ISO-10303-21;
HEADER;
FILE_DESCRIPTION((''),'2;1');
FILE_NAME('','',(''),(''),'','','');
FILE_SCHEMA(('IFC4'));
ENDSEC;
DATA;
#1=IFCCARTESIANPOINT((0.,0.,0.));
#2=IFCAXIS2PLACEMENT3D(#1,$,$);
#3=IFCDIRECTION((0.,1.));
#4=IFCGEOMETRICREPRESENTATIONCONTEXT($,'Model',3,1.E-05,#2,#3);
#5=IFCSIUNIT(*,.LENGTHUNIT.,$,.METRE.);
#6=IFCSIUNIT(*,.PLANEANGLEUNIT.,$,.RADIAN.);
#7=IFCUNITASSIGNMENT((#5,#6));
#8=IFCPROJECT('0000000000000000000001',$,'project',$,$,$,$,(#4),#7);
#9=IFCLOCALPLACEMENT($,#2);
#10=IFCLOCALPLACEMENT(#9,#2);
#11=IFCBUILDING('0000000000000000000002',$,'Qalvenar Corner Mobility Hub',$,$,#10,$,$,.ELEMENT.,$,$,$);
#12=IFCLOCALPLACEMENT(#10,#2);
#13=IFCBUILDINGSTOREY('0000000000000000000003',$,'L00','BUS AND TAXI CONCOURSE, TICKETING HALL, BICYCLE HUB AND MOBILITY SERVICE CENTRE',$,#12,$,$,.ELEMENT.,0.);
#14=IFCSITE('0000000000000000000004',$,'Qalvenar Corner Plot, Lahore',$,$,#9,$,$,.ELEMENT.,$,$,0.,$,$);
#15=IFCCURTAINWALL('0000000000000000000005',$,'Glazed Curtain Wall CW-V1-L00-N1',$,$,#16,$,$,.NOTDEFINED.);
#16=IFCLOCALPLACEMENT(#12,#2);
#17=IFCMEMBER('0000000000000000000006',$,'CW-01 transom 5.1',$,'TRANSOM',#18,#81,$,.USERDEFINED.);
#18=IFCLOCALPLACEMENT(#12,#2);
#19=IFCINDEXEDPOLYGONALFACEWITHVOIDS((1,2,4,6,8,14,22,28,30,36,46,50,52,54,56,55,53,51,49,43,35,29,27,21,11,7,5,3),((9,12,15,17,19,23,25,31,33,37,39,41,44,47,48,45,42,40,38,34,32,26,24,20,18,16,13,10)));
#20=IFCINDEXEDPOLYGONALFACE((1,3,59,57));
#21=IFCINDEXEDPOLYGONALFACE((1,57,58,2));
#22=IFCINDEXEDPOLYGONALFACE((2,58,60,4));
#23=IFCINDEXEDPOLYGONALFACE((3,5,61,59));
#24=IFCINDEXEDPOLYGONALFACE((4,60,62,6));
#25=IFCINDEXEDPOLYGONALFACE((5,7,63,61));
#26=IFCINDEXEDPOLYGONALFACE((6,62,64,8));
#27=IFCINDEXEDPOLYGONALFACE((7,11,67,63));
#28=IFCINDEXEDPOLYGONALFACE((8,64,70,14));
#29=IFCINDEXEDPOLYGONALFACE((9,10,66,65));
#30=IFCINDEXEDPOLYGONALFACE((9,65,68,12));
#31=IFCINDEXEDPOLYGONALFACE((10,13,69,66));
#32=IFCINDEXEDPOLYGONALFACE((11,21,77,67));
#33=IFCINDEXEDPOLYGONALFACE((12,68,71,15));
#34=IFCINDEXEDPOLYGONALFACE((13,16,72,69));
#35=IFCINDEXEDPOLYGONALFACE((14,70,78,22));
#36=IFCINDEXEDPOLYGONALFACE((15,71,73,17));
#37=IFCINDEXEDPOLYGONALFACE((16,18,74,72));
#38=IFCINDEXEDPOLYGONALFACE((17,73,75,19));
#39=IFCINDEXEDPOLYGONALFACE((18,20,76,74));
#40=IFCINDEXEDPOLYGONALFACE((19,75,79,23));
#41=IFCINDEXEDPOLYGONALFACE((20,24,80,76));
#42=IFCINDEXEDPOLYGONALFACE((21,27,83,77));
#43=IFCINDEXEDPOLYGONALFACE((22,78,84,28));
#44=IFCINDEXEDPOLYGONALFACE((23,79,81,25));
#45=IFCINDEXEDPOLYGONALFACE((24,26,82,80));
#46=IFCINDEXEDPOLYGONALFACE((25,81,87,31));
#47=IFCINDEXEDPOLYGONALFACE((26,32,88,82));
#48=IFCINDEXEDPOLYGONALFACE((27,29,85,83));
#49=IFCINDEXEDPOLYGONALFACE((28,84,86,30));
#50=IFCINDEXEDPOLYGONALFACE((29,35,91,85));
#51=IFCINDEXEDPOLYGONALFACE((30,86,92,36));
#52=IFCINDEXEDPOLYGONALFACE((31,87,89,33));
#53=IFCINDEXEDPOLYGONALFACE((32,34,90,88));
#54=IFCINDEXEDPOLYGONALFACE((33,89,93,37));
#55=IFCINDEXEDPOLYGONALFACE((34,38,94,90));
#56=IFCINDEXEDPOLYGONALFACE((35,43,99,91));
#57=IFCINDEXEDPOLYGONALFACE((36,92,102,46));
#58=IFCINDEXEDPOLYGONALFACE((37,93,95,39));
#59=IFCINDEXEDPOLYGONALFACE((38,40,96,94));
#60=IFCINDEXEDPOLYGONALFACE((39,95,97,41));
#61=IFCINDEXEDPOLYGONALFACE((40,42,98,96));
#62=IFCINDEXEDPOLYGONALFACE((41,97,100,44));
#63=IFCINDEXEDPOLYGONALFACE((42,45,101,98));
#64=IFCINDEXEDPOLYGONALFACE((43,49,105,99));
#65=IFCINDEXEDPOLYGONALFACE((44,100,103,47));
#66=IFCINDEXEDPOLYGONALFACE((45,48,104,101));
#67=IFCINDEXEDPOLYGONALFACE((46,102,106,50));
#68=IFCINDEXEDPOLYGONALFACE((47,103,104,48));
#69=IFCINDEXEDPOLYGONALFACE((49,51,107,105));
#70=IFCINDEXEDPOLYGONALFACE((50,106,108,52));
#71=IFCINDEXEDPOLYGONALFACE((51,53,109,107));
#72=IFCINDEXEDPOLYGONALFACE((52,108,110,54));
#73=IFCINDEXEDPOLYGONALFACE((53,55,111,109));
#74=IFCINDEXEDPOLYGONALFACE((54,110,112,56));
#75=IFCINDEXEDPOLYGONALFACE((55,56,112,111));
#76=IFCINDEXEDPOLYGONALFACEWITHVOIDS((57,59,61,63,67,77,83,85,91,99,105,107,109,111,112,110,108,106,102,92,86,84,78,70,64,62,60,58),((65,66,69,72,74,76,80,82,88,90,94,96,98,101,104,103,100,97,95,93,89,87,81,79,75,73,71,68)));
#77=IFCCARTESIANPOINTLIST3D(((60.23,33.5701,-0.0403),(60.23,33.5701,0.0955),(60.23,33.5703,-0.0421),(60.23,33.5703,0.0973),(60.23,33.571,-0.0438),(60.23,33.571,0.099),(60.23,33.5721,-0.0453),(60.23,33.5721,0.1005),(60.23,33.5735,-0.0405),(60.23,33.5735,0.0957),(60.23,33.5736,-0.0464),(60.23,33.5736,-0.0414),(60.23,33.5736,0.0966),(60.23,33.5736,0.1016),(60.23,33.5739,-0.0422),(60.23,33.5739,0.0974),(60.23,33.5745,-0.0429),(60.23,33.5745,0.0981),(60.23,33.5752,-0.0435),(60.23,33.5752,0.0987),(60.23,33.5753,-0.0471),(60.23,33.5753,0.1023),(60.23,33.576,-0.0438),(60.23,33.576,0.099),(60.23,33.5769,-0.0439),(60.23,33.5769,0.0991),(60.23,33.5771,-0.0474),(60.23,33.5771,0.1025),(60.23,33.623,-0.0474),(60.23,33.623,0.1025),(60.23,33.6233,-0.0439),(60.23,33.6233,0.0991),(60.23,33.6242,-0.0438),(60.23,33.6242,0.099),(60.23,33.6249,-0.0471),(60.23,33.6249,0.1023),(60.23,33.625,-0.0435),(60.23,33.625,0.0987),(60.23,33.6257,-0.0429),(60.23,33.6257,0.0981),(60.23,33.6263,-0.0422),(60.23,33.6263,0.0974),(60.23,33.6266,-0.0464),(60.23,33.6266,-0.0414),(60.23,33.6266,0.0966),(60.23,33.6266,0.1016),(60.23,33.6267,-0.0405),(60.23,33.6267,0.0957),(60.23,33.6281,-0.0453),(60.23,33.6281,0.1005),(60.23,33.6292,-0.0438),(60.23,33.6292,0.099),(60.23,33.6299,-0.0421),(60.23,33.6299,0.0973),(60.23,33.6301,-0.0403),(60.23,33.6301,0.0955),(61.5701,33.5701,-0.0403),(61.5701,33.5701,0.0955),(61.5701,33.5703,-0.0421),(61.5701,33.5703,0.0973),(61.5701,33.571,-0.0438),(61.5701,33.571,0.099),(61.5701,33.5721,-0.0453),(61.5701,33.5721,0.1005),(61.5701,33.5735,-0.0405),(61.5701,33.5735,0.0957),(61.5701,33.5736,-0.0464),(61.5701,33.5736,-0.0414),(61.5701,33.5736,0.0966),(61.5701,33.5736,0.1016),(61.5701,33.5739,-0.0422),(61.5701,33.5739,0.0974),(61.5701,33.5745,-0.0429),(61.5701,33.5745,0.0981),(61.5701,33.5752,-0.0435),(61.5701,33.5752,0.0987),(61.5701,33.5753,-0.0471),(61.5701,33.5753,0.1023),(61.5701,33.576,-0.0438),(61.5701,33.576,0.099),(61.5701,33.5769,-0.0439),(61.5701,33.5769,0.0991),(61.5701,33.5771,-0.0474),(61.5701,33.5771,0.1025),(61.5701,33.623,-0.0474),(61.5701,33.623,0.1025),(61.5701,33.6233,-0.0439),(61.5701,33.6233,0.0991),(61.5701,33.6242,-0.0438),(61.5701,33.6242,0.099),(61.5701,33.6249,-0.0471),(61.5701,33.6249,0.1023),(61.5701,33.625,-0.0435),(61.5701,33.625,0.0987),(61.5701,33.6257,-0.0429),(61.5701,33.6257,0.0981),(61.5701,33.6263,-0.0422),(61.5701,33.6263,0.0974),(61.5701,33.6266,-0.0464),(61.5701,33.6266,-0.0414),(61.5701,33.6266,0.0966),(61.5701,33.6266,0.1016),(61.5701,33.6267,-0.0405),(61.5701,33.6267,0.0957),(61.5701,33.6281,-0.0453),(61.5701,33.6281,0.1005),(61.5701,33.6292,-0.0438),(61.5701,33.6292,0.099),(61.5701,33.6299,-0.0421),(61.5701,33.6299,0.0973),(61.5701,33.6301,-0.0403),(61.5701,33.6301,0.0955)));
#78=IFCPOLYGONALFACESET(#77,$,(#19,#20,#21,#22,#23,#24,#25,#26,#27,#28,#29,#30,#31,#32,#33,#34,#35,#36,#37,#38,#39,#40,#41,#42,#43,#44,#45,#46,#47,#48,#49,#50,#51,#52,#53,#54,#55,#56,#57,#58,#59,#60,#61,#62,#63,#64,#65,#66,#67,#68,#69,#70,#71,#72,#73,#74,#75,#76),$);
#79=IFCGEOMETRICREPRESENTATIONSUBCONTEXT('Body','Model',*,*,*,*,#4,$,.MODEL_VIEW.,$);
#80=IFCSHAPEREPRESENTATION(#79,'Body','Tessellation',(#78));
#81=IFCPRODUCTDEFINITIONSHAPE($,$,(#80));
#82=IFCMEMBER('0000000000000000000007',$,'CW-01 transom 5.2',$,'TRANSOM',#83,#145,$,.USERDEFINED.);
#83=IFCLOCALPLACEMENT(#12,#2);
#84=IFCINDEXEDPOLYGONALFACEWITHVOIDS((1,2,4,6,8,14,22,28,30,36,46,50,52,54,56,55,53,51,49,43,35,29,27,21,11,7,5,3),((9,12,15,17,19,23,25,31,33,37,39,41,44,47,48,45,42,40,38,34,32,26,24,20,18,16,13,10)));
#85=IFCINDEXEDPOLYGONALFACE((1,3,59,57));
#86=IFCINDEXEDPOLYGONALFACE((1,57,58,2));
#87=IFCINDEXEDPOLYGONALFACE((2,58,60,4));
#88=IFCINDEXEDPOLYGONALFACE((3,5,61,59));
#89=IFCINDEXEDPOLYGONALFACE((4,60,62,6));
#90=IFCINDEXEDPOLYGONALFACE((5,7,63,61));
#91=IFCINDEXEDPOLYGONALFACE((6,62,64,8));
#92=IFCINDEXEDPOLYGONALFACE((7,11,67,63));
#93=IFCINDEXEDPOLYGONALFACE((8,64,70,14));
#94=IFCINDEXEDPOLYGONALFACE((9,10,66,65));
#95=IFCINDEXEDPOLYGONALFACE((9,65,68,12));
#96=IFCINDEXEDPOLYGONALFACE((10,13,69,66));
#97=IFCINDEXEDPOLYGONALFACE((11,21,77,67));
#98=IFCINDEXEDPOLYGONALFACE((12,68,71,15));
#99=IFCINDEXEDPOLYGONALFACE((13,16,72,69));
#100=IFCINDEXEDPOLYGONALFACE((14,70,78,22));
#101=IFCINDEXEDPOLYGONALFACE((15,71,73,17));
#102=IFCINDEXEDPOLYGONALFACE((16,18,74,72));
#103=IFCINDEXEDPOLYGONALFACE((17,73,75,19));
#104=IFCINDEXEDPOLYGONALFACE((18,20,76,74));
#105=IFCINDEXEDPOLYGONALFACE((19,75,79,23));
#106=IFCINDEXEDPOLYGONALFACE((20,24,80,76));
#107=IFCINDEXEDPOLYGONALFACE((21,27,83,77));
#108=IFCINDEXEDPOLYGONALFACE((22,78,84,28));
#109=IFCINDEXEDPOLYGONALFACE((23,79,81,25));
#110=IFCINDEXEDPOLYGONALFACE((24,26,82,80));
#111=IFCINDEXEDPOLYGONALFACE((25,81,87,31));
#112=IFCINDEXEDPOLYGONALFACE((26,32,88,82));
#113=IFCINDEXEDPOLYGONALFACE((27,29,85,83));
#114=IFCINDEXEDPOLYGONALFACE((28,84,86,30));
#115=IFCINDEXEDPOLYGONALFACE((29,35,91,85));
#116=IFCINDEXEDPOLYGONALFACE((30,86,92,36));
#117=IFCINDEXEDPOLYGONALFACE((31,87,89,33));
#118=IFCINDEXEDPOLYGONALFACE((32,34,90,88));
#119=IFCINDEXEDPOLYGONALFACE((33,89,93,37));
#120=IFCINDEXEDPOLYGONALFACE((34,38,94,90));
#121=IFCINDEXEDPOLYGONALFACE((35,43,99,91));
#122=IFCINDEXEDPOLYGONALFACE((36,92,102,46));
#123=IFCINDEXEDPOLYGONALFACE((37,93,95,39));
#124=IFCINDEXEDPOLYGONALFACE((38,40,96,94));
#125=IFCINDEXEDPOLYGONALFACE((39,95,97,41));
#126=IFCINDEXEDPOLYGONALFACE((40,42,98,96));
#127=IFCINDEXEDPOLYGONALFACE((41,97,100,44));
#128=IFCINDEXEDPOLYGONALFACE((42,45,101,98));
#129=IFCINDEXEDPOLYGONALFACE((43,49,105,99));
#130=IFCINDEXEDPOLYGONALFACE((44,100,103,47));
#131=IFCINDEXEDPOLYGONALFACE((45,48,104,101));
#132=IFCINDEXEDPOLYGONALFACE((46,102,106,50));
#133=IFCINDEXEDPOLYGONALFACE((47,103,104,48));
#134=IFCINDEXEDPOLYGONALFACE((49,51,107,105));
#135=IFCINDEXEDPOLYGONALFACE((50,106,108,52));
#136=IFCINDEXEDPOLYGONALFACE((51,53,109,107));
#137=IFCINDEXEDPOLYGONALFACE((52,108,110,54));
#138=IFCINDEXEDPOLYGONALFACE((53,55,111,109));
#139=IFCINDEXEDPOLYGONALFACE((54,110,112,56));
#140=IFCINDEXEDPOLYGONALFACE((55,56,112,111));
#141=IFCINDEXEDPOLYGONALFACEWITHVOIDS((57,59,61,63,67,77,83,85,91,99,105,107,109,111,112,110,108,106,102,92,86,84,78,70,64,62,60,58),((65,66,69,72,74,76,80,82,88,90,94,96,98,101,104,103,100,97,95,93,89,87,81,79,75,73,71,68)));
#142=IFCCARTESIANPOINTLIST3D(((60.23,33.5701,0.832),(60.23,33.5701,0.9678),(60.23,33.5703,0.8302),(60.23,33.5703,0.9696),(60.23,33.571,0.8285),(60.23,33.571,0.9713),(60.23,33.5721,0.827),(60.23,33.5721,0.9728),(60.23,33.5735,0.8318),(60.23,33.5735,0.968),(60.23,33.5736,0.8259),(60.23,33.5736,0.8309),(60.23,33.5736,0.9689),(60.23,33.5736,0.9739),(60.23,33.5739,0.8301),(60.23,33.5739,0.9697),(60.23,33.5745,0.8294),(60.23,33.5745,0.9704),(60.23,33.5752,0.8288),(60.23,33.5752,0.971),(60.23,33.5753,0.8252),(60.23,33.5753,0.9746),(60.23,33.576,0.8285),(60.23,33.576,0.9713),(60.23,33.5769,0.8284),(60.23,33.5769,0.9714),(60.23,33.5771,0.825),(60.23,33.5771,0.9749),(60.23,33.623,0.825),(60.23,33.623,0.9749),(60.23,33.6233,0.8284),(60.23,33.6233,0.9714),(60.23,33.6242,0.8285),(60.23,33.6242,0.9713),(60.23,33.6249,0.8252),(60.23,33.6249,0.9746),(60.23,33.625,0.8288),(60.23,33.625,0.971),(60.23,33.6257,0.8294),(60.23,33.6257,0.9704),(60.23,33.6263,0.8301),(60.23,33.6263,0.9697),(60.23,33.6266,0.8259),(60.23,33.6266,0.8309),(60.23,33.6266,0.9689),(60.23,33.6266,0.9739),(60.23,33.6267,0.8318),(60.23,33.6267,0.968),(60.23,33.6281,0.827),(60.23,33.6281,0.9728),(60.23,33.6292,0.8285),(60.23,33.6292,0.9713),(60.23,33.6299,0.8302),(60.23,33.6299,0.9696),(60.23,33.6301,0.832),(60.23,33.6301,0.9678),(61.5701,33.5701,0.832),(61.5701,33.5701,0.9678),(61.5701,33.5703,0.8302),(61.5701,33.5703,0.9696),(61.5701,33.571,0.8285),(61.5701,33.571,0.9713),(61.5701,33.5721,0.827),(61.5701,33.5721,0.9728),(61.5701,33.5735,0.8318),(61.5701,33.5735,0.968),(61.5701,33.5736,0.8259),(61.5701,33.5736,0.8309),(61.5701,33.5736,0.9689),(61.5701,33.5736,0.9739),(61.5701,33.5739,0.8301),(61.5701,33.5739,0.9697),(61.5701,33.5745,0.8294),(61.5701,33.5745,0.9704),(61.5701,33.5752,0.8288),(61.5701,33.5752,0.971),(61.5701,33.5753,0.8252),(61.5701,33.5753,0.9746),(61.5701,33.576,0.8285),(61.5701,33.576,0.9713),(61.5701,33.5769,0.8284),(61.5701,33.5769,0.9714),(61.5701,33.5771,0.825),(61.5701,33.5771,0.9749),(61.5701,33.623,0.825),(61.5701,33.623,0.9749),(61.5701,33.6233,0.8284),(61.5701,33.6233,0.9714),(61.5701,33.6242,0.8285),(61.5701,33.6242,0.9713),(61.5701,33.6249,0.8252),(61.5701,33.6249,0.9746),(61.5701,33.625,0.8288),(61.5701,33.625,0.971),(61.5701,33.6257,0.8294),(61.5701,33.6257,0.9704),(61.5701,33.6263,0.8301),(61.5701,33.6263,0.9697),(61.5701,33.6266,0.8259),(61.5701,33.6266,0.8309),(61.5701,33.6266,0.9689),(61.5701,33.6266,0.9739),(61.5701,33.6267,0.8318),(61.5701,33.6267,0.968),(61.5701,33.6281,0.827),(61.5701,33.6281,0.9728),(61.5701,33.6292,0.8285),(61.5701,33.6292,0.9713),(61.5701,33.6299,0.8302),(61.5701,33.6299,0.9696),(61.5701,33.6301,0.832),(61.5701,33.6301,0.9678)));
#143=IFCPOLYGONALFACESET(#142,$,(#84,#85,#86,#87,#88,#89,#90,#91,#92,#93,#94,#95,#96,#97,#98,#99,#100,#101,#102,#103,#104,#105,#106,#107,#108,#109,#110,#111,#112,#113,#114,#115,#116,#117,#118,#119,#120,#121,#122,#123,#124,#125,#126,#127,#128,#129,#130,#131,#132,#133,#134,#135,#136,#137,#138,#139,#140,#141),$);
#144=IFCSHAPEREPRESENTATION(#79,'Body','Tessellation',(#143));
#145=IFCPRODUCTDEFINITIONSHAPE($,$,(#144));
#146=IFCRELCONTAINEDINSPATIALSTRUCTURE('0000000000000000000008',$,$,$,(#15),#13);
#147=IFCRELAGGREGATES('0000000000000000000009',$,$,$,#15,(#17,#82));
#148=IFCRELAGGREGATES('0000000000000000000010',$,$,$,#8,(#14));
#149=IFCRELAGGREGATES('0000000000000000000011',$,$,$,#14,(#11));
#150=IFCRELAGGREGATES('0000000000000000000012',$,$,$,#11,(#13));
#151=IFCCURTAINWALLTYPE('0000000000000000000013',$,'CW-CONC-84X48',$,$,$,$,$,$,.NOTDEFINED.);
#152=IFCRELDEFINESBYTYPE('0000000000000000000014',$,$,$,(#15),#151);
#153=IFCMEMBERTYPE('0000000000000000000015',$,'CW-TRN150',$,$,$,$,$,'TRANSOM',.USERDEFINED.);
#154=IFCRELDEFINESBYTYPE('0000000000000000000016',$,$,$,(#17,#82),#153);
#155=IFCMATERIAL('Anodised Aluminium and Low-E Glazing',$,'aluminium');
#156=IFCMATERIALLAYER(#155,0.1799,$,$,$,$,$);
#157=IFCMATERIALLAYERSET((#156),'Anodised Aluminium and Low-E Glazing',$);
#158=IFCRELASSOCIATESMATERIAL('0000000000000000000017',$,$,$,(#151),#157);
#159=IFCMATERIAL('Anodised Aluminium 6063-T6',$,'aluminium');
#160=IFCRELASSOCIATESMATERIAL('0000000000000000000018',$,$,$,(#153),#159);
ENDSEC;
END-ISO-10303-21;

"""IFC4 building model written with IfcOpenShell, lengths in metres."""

from ifc_helpers import new_model, si_unit, direction, frame, origin, origin_2d, place, context, subcontext, project, spatial, hollow_rectangle, extrude, material, layer, layer_set, material_profile, profile_set, type_object, element, aggregate, save


model = new_model("IFC4")

# Units and contexts
model_context = context("Model", 3, precision=1e-05, world=origin(), true_north=direction((0.0, 1.0)))
body_context = subcontext(model_context, "Body", "Model", "MODEL_VIEW")
ifc_project = project(units=[si_unit("LENGTHUNIT", "METRE"), si_unit("PLANEANGLEUNIT", "RADIAN")], contexts=[model_context])

# Site, building, storey
site_placement = place(None, origin())
site = spatial("IfcSite", under=ifc_project, at=site_placement, Name="Qalvenar Corner Plot, Lahore", CompositionType="ELEMENT", RefElevation=0.0)
building_placement = place(site_placement, origin())
building = spatial("IfcBuilding", under=site, at=building_placement, Name="Qalvenar Corner Mobility Hub", CompositionType="ELEMENT")
storey_placement = place(building_placement, origin())
storey = spatial("IfcBuildingStorey", under=building, at=storey_placement, Name="L00", Description="BUS AND TAXI CONCOURSE, TICKETING HALL, BICYCLE HUB AND MOBILITY SERVICE CENTRE", CompositionType="ELEMENT", Elevation=0.0)

# Curtain wall, members
ifc_material_1 = material(Name="Anodised Aluminium and Low-E Glazing", Category="aluminium")
ifc_layer_1 = layer(ifc_material_1, 0.1799)
ifc_layer_set_1 = layer_set([ifc_layer_1], Name="Anodised Aluminium and Low-E Glazing")
curtain_wall_type = type_object("IfcCurtainWallType", Name="CW-CONC-84X48", PredefinedType="NOTDEFINED", material=ifc_layer_set_1)
curtain_wall_placement = place(storey_placement, origin())
curtain_wall = element("IfcCurtainWall", 1, at=curtain_wall_placement, inside=storey, type_object=curtain_wall_type, Name="Glazed Curtain Wall CW-V1-L00-N1", PredefinedType="NOTDEFINED")
ifc_material_2 = material(Name="Anodised Aluminium 6063-T6", Category="aluminium")
ifc_material_profile_1 = material_profile(ifc_material_2, hollow_rectangle(XDim=0.0601, YDim=0.1499, WallThickness=0.0034, InnerFilletRadius=0.0034, OuterFilletRadius=0.0071, at=origin_2d()), Name="RHS150x60x3.5")
ifc_profile_set_1 = profile_set([ifc_material_profile_1], Name="Anodised Aluminium 6063-T6")
member_type_1 = type_object("IfcMemberType", Name="CW-TRN150", ElementType="TRANSOM", PredefinedType="USERDEFINED", material=ifc_profile_set_1)
member_1_placement = place(storey_placement, frame((61.5701, 33.6001, 0.0276), z_axis=(-1.0, 0.0, 0.0), x_axis=(0.0, -1.0, 0.0)))
member_1 = element("IfcMember", 2, at=member_1_placement, type_object=member_type_1, Name="CW-01 transom 5.1", ObjectType="TRANSOM", PredefinedType="USERDEFINED", context=body_context, shape_type="SweptSolid", body=[
    extrude(hollow_rectangle(XDim=0.0601, YDim=0.1499, WallThickness=0.0034, InnerFilletRadius=0.0034, OuterFilletRadius=0.0071, at=origin_2d()), origin(), (0.0, 0.0, 1.0), 1.3401),
])
member_2_placement = place(storey_placement, frame((61.5701, 33.6001, 0.8999), z_axis=(-1.0, 0.0, 0.0), x_axis=(0.0, -1.0, 0.0)))
member_2 = element("IfcMember", 3, at=member_2_placement, type_object=member_type_1, Name="CW-01 transom 5.2", ObjectType="TRANSOM", PredefinedType="USERDEFINED", context=body_context, shape_type="SweptSolid", body=[
    extrude(hollow_rectangle(XDim=0.0601, YDim=0.1499, WallThickness=0.0034, InnerFilletRadius=0.0034, OuterFilletRadius=0.0071, at=origin_2d()), origin(), (0.0, 0.0, 1.0), 1.3401),
])
aggregate(curtain_wall, [member_1, member_2])

save(model, "model.ifc")
